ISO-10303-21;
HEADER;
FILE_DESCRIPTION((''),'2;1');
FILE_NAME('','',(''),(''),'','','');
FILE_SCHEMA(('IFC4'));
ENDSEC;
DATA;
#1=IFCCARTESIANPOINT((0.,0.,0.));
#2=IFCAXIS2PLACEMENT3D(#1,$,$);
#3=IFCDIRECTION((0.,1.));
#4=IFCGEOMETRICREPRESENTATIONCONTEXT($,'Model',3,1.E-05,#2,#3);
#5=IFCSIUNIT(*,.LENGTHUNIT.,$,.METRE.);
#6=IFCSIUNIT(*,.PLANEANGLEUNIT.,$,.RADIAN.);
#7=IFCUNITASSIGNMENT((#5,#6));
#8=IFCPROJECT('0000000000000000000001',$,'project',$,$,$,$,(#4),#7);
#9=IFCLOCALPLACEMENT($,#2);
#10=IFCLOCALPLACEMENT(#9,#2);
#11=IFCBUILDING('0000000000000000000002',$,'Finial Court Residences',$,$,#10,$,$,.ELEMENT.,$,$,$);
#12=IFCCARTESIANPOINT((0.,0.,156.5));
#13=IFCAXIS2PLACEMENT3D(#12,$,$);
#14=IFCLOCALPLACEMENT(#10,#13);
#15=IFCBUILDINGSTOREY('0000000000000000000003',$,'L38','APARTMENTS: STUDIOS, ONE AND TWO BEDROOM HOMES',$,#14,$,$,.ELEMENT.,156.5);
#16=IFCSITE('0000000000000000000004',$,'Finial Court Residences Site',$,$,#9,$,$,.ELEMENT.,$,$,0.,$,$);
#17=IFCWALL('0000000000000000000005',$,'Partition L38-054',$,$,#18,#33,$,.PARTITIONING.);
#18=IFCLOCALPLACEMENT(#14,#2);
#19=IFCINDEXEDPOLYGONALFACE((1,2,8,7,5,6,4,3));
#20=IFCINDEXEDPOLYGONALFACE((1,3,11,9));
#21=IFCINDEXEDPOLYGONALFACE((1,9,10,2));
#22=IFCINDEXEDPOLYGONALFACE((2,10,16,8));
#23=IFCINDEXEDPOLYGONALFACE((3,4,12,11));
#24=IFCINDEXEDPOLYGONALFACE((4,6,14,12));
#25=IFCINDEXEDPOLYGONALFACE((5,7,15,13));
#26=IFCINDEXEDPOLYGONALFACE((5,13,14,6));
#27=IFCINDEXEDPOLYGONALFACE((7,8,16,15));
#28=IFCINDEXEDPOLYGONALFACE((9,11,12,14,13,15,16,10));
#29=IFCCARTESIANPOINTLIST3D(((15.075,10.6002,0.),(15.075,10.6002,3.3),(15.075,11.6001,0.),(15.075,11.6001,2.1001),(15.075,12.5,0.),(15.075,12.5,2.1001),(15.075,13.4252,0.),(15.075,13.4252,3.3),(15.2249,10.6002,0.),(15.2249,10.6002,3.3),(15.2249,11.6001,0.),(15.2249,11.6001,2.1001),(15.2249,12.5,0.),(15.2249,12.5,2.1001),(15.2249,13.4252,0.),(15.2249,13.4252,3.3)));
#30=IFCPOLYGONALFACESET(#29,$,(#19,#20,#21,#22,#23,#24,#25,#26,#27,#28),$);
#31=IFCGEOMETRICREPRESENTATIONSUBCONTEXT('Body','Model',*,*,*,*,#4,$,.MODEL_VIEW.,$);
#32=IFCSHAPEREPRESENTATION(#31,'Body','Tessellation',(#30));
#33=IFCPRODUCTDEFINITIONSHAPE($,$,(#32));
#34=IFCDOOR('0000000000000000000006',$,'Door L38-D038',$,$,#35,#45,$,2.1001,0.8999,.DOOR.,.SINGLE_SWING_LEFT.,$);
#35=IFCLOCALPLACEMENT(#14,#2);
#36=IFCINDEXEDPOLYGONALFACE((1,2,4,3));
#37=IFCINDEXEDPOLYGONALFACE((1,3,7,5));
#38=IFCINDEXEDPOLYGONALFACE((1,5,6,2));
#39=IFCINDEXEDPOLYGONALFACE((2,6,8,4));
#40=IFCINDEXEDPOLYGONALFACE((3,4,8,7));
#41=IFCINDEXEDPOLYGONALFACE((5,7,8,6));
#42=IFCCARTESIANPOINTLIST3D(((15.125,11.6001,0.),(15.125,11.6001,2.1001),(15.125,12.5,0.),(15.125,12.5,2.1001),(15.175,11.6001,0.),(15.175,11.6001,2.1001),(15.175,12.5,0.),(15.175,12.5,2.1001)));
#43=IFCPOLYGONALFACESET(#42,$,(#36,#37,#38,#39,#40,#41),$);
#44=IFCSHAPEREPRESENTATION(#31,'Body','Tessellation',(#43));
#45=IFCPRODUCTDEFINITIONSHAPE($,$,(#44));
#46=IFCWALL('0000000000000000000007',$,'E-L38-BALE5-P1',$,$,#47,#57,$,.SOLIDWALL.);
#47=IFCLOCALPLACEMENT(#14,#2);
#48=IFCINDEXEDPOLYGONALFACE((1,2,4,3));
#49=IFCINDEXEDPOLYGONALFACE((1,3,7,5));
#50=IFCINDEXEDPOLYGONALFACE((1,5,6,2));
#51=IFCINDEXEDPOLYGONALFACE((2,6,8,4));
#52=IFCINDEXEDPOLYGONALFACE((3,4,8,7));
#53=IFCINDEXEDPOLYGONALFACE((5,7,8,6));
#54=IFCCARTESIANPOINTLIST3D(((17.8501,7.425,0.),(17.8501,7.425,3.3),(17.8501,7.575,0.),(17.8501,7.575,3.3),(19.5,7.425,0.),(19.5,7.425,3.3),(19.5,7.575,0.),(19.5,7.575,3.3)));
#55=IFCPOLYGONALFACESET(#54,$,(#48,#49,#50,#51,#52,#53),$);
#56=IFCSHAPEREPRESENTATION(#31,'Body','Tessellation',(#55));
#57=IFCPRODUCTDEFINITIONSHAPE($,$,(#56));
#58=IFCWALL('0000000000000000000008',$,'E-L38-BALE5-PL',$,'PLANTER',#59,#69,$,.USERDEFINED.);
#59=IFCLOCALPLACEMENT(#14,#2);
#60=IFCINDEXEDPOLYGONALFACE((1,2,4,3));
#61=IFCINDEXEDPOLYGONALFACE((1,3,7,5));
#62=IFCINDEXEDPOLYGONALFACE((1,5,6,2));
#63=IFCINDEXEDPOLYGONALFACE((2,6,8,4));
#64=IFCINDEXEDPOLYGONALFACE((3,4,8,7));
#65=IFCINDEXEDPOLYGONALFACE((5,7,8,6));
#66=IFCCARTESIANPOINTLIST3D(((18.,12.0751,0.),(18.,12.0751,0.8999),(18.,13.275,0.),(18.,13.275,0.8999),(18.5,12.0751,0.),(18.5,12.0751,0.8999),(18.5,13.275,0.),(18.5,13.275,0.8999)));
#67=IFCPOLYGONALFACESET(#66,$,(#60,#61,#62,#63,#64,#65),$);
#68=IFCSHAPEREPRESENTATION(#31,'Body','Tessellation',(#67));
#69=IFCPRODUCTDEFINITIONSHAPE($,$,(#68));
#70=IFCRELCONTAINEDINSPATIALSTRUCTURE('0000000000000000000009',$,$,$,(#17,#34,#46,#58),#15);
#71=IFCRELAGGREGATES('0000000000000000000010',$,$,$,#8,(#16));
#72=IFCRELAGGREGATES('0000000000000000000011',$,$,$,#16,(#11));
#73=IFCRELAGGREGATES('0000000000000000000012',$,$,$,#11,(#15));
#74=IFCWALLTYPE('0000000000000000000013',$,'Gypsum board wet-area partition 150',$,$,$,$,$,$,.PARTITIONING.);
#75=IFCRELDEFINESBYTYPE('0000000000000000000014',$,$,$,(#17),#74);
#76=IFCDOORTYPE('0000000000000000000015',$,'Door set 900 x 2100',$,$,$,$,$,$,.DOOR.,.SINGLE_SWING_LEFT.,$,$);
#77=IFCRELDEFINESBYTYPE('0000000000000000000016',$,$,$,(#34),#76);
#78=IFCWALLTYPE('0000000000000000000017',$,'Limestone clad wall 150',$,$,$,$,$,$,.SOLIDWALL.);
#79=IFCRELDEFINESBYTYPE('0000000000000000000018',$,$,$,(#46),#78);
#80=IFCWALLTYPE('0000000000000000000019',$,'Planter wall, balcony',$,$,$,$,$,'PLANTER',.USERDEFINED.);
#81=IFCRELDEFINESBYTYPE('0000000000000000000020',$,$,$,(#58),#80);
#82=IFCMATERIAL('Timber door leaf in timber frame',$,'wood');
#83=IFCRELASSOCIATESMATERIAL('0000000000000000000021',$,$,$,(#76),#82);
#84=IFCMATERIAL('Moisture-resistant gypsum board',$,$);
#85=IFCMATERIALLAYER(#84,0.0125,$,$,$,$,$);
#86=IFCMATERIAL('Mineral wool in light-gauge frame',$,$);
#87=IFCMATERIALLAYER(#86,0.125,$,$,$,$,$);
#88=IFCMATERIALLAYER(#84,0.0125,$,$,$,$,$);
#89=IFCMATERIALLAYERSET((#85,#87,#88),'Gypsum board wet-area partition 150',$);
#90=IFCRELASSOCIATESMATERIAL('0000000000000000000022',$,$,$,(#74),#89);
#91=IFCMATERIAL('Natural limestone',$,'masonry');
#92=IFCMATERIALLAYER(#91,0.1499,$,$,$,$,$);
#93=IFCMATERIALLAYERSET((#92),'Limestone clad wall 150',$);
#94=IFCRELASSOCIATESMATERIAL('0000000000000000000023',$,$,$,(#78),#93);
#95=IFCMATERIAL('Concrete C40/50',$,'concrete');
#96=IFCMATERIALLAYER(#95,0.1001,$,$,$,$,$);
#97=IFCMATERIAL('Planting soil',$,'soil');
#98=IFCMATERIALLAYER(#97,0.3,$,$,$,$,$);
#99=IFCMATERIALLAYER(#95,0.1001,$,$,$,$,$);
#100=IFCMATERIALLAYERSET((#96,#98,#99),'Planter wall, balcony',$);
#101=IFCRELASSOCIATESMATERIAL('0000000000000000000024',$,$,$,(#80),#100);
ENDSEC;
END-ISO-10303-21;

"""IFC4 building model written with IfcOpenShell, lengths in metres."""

from ifc_helpers import new_model, si_unit, direction, frame, frame_2d, origin, place, context, subcontext, project, spatial, rectangle, extrude, material, layer, layer_set, type_object, element, fill, save


model = new_model("IFC4")

# Units and contexts
model_context = context("Model", 3, precision=1e-05, world=origin(), true_north=direction((0.0, 1.0)))
body_context = subcontext(model_context, "Body", "Model", "MODEL_VIEW")
ifc_project = project(units=[si_unit("LENGTHUNIT", "METRE"), si_unit("PLANEANGLEUNIT", "RADIAN")], contexts=[model_context])

# Site, building, storey
site_placement = place(None, origin())
site = spatial("IfcSite", under=ifc_project, at=site_placement, Name="Finial Court Residences Site", CompositionType="ELEMENT", RefElevation=0.0)
building_placement = place(site_placement, origin())
building = spatial("IfcBuilding", under=site, at=building_placement, Name="Finial Court Residences", CompositionType="ELEMENT")
storey_placement = place(building_placement, frame((0.0, 0.0, 156.5)))
storey = spatial("IfcBuildingStorey", under=building, at=storey_placement, Name="L38", Description="APARTMENTS: STUDIOS, ONE AND TWO BEDROOM HOMES", CompositionType="ELEMENT", Elevation=156.5)

# Shared definitions
ifc_material_1 = material(Name="Mineral wool in light-gauge frame")
ifc_material_2 = material(Name="Timber door leaf in timber frame", Category="wood")
door_type_1 = type_object("IfcDoorType", Name="Door set 900 x 2100", OperationType="SINGLE_SWING_LEFT", PredefinedType="DOOR", material=ifc_material_2)

# Shared definitions
ifc_material_3 = material(Name="Moisture-resistant gypsum board")
ifc_layer_1 = layer(ifc_material_3, 0.0125)
ifc_layer_2 = layer(ifc_material_1, 0.125)
ifc_layer_3 = layer(ifc_material_3, 0.0125)
ifc_layer_set_1 = layer_set([ifc_layer_1, ifc_layer_2, ifc_layer_3], Name="Gypsum board wet-area partition 150")
wall_type_1 = type_object("IfcWallType", Name="Gypsum board wet-area partition 150", PredefinedType="PARTITIONING", material=ifc_layer_set_1)

# Wall, opening, door
wall_1_placement = place(storey_placement, frame((15.1499, 10.6001, 0.0), z_axis=(0.0, 0.0, 1.0), x_axis=(0.0, 1.0, 0.0)))
wall_1 = element("IfcWall", 1, at=wall_1_placement, inside=storey, type_object=wall_type_1, Name="Partition L38-054", PredefinedType="PARTITIONING", context=body_context, shape_type="SweptSolid", body=[
    extrude(rectangle(XDim=2.825, YDim=0.1499, at=frame_2d((1.4126, 0.0))), origin(), (0.0, 0.0, 1.0), 3.3),
])
opening_1_placement = place(wall_1_placement, frame((1.0, 0.0, 0.0)))
opening_1 = element("IfcOpeningElement", 2, at=opening_1_placement, cuts=wall_1, PredefinedType="OPENING", context=body_context, shape_type="SweptSolid", body=[
    extrude(rectangle(XDim=0.8999, YDim=2.1001, at=frame_2d((0.45, 1.05))), frame((0.0, 0.085, 0.0), z_axis=(0.0, -1.0, 0.0), x_axis=(1.0, 0.0, 0.0)), (0.0, 0.0, 1.0), 0.1699),
])
door_1_placement = place(opening_1_placement, origin())
door_1 = element("IfcDoor", 3, at=door_1_placement, inside=storey, type_object=door_type_1, Name="Door L38-D038", OperationType="SINGLE_SWING_LEFT", OverallHeight=2.1001, OverallWidth=0.8999, PredefinedType="DOOR", context=body_context, shape_type="SweptSolid", body=[
    extrude(rectangle(XDim=0.8999, YDim=2.1001, at=frame_2d((0.45, 1.05))), frame((0.0, 0.0249, 0.0), z_axis=(0.0, -1.0, 0.0), x_axis=(1.0, 0.0, 0.0)), (0.0, 0.0, 1.0), 0.05),
])
fill(opening_1, door_1)

# Wall
ifc_material_4 = material(Name="Natural limestone", Category="masonry")
ifc_layer_4 = layer(ifc_material_4, 0.1499)
ifc_layer_set_2 = layer_set([ifc_layer_4], Name="Limestone clad wall 150")
wall_type_2 = type_object("IfcWallType", Name="Limestone clad wall 150", PredefinedType="SOLIDWALL", material=ifc_layer_set_2)
wall_2_placement = place(storey_placement, frame((17.8501, 7.5, 0.0), z_axis=(0.0, 0.0, 1.0), x_axis=(1.0, 0.0, 0.0)))
element("IfcWall", 4, at=wall_2_placement, inside=storey, type_object=wall_type_2, Name="E-L38-BALE5-P1", PredefinedType="SOLIDWALL", context=body_context, shape_type="SweptSolid", body=[
    extrude(rectangle(XDim=1.6499, YDim=0.1499, at=frame_2d((0.825, 0.0))), origin(), (0.0, 0.0, 1.0), 3.3),
])

# Wall
ifc_material_5 = material(Name="Concrete C40/50", Category="concrete")
ifc_layer_5 = layer(ifc_material_5, 0.1001)
ifc_material_6 = material(Name="Planting soil", Category="soil")
ifc_layer_6 = layer(ifc_material_6, 0.3)
ifc_layer_7 = layer(ifc_material_5, 0.1001)
ifc_layer_set_3 = layer_set([ifc_layer_5, ifc_layer_6, ifc_layer_7], Name="Planter wall, balcony")
wall_type_3 = type_object("IfcWallType", Name="Planter wall, balcony", ElementType="PLANTER", PredefinedType="USERDEFINED", material=ifc_layer_set_3)
wall_3_placement = place(storey_placement, frame((18.25, 12.075, 0.0), z_axis=(0.0, 0.0, 1.0), x_axis=(0.0, 1.0, 0.0)))
element("IfcWall", 5, at=wall_3_placement, inside=storey, type_object=wall_type_3, Name="E-L38-BALE5-PL", ObjectType="PLANTER", PredefinedType="USERDEFINED", context=body_context, shape_type="SweptSolid", body=[
    extrude(rectangle(XDim=1.2, YDim=0.5, at=frame_2d((0.6001, 0.0))), origin(), (0.0, 0.0, 1.0), 0.8999),
])

save(model, "model.ifc")
